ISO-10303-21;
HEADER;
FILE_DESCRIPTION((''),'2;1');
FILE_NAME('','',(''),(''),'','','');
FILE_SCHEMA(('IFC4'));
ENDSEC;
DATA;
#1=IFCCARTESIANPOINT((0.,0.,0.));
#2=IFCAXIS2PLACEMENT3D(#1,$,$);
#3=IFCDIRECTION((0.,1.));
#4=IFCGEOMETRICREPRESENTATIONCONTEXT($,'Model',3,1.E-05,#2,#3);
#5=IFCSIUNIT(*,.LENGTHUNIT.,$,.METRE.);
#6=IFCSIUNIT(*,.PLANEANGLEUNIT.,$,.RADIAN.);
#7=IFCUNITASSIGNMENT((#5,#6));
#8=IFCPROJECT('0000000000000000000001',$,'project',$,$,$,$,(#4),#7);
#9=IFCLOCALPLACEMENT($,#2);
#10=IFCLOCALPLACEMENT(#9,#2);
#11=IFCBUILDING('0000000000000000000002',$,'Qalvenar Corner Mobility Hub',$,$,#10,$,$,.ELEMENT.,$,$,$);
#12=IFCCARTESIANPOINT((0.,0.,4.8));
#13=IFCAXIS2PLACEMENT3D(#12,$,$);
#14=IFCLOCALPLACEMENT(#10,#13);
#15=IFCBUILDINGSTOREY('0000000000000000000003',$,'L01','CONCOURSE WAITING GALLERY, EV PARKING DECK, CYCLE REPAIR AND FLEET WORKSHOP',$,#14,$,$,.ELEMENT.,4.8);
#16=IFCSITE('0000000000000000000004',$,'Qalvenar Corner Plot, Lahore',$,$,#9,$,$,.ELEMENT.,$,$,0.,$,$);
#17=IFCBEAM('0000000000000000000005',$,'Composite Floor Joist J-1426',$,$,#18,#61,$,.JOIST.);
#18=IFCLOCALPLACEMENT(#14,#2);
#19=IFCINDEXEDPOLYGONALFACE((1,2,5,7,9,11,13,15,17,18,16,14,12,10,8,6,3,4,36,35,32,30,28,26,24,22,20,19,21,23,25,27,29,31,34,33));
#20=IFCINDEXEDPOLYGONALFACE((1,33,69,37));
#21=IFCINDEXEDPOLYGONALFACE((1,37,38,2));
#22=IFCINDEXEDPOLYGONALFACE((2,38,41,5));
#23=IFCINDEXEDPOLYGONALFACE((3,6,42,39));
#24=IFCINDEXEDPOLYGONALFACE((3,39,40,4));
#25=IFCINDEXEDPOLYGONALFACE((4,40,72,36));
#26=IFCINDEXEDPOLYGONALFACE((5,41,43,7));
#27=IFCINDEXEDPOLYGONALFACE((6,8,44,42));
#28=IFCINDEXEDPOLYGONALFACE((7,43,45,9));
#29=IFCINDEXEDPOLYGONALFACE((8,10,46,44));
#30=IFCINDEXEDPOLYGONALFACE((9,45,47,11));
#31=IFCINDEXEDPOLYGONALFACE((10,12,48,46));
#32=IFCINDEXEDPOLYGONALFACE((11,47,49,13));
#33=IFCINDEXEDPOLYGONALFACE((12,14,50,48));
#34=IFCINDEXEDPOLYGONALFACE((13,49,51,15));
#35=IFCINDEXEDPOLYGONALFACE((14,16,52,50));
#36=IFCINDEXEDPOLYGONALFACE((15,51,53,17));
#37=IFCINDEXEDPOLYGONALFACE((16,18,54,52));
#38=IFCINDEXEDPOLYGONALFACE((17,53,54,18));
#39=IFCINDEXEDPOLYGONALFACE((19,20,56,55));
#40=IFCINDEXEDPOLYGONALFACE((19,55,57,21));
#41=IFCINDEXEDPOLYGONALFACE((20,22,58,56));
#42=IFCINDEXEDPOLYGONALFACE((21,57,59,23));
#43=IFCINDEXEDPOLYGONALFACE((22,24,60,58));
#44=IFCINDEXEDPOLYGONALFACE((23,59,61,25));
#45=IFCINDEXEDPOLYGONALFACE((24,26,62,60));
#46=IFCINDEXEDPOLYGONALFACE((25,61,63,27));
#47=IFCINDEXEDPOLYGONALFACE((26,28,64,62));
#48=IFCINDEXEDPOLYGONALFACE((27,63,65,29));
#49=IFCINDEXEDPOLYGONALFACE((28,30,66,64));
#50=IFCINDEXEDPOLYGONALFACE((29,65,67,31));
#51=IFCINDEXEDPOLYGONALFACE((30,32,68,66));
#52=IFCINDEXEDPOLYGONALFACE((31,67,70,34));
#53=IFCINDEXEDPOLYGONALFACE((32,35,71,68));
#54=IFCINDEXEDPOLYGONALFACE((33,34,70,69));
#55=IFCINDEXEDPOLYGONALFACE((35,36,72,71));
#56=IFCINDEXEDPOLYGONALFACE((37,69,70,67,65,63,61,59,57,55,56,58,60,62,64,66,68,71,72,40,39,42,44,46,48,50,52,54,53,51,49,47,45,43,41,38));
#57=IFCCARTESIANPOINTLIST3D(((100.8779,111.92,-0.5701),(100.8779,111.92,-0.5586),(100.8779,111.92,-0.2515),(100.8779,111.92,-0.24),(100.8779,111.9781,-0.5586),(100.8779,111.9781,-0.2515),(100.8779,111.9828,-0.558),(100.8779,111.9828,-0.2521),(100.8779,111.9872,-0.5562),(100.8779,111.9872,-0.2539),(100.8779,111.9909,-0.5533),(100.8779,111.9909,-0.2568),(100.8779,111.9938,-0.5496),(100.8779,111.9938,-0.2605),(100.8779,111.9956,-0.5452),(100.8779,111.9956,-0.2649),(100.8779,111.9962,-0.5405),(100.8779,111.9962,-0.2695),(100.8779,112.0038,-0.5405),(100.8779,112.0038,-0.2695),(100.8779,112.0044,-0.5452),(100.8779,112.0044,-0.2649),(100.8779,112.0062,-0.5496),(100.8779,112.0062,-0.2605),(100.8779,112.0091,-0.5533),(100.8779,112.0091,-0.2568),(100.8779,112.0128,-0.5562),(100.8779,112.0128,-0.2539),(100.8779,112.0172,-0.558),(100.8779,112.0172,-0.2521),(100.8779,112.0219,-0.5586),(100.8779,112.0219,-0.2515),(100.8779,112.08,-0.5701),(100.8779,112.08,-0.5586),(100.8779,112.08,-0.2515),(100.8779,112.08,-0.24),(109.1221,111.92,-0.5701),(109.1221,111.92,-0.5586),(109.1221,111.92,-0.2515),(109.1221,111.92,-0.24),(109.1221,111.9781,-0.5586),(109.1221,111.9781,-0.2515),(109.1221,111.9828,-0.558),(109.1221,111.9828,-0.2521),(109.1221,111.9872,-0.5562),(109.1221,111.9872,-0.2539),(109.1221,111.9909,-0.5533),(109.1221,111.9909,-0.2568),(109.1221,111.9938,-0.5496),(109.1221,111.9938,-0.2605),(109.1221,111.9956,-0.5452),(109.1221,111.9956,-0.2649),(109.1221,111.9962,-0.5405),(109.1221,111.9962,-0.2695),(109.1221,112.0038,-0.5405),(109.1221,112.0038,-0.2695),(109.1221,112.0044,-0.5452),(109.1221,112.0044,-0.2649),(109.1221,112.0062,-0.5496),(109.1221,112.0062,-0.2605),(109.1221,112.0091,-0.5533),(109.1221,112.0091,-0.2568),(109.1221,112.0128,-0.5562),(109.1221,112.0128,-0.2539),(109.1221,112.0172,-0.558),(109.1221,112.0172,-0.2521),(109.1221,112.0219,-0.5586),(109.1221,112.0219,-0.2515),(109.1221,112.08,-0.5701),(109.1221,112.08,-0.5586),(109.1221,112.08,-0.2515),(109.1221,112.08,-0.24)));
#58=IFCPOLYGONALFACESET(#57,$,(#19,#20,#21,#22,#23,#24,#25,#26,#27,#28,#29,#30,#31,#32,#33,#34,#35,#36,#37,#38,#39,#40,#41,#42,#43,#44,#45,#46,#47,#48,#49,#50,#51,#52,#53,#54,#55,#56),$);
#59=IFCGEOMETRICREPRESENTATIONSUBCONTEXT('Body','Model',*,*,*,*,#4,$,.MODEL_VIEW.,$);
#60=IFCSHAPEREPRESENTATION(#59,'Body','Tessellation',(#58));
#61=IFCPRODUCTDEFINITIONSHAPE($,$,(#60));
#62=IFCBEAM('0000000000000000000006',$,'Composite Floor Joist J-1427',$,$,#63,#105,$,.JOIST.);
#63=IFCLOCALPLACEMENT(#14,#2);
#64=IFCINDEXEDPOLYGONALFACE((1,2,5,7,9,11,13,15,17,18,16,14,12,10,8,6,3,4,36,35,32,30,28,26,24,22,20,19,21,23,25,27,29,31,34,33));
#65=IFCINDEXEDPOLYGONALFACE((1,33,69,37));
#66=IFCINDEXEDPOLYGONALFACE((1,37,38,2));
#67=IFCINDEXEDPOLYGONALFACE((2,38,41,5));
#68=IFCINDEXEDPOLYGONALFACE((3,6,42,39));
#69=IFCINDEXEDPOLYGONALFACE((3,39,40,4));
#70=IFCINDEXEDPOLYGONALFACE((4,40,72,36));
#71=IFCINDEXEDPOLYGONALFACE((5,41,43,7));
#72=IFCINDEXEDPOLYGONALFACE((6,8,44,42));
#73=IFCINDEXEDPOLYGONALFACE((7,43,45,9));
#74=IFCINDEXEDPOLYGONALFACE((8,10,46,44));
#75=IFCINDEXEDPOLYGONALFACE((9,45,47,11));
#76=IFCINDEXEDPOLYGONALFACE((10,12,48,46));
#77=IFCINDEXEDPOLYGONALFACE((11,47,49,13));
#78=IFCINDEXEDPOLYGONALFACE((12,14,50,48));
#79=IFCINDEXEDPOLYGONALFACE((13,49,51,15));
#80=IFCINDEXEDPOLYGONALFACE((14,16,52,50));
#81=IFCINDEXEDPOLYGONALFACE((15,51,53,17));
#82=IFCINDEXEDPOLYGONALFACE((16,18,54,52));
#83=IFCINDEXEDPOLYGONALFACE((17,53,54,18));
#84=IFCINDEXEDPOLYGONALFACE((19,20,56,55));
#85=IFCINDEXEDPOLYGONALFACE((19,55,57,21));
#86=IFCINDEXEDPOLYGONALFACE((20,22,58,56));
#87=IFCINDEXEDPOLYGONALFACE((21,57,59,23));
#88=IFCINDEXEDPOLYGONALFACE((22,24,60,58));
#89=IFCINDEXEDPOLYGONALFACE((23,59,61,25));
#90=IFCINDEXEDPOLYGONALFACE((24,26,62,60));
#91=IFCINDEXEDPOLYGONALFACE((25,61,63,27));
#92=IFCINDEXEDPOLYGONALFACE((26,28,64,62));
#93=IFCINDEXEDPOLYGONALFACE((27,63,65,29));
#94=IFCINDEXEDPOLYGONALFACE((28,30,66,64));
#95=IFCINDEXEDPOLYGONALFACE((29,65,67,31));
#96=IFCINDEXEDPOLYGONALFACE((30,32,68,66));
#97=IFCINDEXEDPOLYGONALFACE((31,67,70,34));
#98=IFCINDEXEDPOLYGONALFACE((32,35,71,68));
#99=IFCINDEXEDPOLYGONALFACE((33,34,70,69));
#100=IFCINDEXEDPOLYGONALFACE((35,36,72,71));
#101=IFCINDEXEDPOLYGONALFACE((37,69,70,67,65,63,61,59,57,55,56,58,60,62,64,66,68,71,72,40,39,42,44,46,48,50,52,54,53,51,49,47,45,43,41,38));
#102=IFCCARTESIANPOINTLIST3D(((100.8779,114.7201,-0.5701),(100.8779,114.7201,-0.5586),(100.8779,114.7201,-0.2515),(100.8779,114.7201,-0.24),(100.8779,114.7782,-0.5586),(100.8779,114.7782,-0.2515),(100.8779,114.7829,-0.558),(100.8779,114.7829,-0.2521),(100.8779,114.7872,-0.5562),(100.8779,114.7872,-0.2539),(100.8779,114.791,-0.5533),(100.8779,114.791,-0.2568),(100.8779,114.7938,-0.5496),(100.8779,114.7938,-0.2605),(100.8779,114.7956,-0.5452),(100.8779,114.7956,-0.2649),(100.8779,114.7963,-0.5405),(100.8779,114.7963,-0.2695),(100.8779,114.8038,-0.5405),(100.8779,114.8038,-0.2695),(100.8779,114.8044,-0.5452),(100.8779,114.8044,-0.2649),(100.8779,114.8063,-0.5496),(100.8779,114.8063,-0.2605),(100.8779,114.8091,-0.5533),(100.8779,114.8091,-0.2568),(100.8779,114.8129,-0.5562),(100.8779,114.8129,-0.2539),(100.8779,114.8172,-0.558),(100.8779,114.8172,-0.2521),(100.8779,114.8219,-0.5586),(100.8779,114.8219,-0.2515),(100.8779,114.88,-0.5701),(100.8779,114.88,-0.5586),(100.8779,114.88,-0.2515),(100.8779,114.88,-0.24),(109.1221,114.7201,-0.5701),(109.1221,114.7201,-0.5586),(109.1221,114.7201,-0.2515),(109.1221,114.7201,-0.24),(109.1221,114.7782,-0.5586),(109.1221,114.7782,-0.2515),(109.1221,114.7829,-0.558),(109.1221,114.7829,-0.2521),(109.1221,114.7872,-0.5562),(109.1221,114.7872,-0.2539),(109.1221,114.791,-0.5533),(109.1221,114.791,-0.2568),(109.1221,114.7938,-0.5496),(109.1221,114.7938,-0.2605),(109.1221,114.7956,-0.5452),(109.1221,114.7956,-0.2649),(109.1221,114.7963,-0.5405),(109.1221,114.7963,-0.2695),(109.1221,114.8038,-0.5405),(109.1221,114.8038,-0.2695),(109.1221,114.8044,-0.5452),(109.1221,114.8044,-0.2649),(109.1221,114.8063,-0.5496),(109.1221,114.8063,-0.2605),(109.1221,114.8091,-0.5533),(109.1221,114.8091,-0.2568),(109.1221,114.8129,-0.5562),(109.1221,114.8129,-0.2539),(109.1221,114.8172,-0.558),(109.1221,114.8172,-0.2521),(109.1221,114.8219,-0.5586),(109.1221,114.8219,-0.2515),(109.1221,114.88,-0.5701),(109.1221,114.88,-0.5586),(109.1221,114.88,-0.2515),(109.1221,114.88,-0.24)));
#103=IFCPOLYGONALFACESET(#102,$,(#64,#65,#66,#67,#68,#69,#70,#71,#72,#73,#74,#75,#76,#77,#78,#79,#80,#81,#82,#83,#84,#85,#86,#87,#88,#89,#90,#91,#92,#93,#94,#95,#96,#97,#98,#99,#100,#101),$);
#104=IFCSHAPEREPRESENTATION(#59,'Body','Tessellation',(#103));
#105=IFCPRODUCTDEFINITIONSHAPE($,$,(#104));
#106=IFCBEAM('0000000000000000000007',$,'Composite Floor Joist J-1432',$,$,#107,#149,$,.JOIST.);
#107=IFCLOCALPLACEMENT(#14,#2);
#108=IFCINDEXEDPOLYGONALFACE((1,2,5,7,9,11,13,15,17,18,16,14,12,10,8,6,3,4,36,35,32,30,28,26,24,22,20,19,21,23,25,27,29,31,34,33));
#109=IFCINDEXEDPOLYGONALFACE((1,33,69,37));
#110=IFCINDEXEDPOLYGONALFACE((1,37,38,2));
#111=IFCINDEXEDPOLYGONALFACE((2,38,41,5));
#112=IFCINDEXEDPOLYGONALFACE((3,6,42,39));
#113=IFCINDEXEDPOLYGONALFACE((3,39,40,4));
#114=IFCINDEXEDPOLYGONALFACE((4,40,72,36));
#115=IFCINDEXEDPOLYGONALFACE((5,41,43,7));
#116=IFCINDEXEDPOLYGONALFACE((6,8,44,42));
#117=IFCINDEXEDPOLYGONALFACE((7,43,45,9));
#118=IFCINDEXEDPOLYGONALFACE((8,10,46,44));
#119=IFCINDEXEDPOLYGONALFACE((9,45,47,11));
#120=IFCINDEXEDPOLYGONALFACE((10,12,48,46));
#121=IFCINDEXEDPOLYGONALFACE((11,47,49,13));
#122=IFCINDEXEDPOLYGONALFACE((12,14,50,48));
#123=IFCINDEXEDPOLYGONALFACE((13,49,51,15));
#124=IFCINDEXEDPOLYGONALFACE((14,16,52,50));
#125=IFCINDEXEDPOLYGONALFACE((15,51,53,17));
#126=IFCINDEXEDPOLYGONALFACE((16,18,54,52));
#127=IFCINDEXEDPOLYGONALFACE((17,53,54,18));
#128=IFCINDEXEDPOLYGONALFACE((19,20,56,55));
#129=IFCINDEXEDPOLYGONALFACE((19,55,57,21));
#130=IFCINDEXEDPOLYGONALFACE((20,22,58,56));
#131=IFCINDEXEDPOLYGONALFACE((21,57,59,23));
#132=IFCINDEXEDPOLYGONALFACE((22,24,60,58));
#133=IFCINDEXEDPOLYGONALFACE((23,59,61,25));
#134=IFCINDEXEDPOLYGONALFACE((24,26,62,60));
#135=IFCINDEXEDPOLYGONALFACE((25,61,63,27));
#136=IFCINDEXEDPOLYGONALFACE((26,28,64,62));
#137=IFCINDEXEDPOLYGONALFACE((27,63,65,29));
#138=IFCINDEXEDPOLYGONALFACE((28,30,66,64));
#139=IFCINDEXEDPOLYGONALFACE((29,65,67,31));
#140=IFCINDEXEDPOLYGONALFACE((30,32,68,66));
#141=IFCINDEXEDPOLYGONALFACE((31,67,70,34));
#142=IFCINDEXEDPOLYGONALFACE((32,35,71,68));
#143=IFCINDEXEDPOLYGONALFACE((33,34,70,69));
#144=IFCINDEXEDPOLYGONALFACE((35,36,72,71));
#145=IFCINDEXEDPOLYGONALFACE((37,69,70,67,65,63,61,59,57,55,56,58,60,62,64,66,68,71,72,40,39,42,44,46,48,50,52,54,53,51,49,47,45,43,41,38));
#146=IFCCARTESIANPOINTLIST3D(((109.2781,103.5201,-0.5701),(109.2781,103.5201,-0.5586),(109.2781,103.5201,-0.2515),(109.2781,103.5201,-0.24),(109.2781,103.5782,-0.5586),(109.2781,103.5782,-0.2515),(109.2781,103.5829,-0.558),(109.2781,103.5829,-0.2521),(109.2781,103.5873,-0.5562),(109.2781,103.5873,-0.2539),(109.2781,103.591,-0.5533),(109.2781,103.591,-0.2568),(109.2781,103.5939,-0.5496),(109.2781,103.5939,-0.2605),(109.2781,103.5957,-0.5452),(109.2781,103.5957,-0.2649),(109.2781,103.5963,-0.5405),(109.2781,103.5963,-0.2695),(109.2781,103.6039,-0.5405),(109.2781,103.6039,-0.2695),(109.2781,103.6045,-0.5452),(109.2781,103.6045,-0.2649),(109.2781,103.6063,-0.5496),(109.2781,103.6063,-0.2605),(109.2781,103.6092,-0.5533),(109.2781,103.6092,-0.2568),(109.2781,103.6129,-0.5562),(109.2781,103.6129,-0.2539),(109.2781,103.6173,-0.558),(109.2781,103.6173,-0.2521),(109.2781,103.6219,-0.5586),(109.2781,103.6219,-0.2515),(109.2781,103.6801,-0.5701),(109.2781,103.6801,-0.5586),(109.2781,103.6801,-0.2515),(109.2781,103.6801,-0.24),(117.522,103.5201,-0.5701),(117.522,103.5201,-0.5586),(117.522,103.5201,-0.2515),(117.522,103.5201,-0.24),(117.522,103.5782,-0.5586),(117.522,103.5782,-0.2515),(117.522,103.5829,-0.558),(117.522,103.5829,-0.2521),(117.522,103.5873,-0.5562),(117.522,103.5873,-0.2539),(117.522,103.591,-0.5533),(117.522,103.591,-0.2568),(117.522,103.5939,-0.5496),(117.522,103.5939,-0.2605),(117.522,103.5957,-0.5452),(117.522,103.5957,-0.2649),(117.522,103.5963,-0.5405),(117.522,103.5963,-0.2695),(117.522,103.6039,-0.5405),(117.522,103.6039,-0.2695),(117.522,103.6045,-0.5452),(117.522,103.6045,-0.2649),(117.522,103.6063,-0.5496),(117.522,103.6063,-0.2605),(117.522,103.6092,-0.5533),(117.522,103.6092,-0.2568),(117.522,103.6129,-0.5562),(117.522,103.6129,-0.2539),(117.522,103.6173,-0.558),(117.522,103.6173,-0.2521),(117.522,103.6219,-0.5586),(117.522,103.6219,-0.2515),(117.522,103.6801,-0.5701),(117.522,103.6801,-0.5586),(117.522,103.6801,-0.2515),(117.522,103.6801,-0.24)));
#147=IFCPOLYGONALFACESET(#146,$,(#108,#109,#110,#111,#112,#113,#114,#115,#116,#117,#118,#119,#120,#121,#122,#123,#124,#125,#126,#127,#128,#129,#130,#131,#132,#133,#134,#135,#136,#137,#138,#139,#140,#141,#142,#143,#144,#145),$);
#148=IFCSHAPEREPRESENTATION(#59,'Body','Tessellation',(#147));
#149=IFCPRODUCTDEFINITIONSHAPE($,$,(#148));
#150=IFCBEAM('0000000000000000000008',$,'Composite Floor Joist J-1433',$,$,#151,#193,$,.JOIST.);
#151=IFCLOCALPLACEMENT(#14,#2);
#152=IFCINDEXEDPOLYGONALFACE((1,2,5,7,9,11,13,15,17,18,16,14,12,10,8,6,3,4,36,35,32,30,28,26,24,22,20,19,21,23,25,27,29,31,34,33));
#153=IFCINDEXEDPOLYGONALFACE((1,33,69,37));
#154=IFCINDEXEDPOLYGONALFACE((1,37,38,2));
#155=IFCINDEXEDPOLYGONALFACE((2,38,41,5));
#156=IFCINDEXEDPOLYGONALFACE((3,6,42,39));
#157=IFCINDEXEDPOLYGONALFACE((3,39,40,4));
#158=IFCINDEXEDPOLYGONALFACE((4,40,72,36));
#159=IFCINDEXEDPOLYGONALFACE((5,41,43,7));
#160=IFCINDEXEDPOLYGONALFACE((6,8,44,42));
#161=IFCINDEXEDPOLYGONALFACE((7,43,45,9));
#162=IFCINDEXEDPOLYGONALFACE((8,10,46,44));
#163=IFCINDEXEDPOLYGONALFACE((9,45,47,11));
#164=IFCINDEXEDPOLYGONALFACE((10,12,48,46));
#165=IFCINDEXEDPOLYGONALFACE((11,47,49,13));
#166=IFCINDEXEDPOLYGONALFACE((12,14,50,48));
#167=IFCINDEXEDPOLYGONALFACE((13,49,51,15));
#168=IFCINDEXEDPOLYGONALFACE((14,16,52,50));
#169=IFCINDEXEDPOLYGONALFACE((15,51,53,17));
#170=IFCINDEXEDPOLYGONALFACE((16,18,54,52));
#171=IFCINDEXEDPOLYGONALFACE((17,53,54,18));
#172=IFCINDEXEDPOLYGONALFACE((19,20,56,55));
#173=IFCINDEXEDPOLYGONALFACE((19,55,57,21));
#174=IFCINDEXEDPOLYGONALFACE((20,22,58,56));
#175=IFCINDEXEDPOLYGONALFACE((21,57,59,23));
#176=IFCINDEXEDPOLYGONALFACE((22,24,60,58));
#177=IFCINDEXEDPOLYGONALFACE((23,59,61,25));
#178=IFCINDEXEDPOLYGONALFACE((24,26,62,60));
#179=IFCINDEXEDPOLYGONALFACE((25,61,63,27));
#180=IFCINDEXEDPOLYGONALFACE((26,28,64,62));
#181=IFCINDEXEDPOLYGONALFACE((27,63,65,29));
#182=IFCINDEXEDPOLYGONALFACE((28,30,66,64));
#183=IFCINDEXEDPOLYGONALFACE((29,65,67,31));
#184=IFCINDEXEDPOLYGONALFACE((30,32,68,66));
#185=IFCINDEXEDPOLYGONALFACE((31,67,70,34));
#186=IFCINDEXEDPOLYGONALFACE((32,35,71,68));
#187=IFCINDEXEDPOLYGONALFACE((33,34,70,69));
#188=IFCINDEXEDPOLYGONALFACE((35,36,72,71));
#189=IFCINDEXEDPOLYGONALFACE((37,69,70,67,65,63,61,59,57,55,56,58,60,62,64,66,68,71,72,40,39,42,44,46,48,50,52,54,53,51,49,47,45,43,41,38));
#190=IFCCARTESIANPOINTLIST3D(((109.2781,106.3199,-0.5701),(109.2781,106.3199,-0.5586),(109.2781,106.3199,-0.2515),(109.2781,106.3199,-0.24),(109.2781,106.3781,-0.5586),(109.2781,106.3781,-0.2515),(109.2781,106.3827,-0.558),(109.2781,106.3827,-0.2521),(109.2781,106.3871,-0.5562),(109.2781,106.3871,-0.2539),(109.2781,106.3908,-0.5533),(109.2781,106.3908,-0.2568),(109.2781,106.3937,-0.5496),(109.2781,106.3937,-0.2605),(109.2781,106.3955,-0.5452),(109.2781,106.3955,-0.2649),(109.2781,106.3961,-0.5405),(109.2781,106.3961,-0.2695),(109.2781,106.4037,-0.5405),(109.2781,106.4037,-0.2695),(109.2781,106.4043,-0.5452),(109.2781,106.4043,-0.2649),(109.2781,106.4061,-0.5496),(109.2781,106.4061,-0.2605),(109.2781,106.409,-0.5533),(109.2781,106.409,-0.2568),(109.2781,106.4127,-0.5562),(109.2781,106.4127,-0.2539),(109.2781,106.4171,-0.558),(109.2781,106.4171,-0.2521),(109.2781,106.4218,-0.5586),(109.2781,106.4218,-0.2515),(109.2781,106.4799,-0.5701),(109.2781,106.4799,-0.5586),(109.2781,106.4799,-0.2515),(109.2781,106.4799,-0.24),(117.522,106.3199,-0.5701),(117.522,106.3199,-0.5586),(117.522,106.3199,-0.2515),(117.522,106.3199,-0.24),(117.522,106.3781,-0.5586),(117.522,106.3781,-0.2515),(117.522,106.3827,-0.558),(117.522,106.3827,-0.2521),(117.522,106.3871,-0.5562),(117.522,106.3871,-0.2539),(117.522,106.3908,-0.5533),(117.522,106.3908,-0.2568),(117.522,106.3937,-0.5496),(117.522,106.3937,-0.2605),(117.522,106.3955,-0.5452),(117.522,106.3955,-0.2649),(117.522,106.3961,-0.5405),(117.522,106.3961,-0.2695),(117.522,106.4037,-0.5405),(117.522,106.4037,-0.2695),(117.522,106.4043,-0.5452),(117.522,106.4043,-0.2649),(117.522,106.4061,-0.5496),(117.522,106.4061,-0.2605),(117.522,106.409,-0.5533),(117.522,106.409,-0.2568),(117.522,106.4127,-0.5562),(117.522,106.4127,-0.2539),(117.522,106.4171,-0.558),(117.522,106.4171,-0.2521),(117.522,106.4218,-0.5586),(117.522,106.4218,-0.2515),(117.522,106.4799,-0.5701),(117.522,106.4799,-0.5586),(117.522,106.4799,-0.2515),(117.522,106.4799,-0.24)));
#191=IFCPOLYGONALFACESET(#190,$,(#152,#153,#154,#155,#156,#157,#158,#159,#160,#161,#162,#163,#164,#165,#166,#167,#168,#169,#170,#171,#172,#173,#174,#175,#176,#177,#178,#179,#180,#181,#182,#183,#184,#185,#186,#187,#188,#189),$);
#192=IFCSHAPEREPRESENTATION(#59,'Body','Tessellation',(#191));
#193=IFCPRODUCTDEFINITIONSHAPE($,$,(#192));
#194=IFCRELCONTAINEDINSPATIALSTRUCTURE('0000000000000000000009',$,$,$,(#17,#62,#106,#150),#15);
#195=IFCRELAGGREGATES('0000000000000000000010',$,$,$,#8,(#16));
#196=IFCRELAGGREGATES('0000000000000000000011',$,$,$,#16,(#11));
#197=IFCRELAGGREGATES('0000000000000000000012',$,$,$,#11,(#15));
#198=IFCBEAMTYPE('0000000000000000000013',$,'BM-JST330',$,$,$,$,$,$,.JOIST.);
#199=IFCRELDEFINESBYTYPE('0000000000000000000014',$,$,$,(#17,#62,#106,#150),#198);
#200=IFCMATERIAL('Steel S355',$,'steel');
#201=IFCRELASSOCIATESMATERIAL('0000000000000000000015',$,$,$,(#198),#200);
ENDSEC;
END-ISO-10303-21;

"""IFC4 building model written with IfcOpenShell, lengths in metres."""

from ifc_helpers import new_model, si_unit, direction, frame, origin, origin_2d, place, context, subcontext, project, spatial, i_section, extrude, material, material_profile, profile_set, type_object, element, save


model = new_model("IFC4")

# Units and contexts
model_context = context("Model", 3, precision=1e-05, world=origin(), true_north=direction((0.0, 1.0)))
body_context = subcontext(model_context, "Body", "Model", "MODEL_VIEW")
ifc_project = project(units=[si_unit("LENGTHUNIT", "METRE"), si_unit("PLANEANGLEUNIT", "RADIAN")], contexts=[model_context])

# Site, building, storey
site_placement = place(None, origin())
site = spatial("IfcSite", under=ifc_project, at=site_placement, Name="Qalvenar Corner Plot, Lahore", CompositionType="ELEMENT", RefElevation=0.0)
building_placement = place(site_placement, origin())
building = spatial("IfcBuilding", under=site, at=building_placement, Name="Qalvenar Corner Mobility Hub", CompositionType="ELEMENT")
storey_placement = place(building_placement, frame((0.0, 0.0, 4.8)))
storey = spatial("IfcBuildingStorey", under=building, at=storey_placement, Name="L01", Description="CONCOURSE WAITING GALLERY, EV PARKING DECK, CYCLE REPAIR AND FLEET WORKSHOP", CompositionType="ELEMENT", Elevation=4.8)

# Shared definitions
ifc_material = material(Name="Steel S355", Category="steel")

# Beams
ifc_material_profile_1 = material_profile(ifc_material, i_section(OverallWidth=0.1599, OverallDepth=0.3301, WebThickness=0.0076, FlangeThickness=0.0115, FilletRadius=0.0181, at=origin_2d()), Name="IPE330")
ifc_profile_set_1 = profile_set([ifc_material_profile_1], Name="Steel S355")
beam_type_1 = type_object("IfcBeamType", Name="BM-JST330", PredefinedType="JOIST", material=ifc_profile_set_1)
for number, where, z_axis, x_axis, name in (
    (1, (100.8779, 112.0, -0.405), (1.0, 0.0, 0.0), (0.0, 1.0, 0.0), "Composite Floor Joist J-1426"),
    (2, (100.8779, 114.8, -0.405), (1.0, 0.0, 0.0), (0.0, 1.0, 0.0), "Composite Floor Joist J-1427"),
):
    element("IfcBeam", number, at=place(storey_placement, frame(where, z_axis=z_axis, x_axis=x_axis)), inside=storey, type_object=beam_type_1, Name=name, PredefinedType="JOIST", context=body_context, shape_type="SweptSolid", body=[
        extrude(i_section(OverallWidth=0.1599, OverallDepth=0.3301, WebThickness=0.0076, FlangeThickness=0.0115, FilletRadius=0.0181, at=origin_2d()), origin(), (0.0, 0.0, 1.0), 8.2441),
    ])
for number, where, z_axis, x_axis, name in (
    (3, (109.2781, 103.6001, -0.405), (1.0, 0.0, 0.0), (0.0, 1.0, 0.0), "Composite Floor Joist J-1432"),
    (4, (109.2781, 106.3999, -0.405), (1.0, 0.0, 0.0), (0.0, 1.0, 0.0), "Composite Floor Joist J-1433"),
):
    element("IfcBeam", number, at=place(storey_placement, frame(where, z_axis=z_axis, x_axis=x_axis)), inside=storey, type_object=beam_type_1, Name=name, PredefinedType="JOIST", context=body_context, shape_type="SweptSolid", body=[
        extrude(i_section(OverallWidth=0.1599, OverallDepth=0.3301, WebThickness=0.0076, FlangeThickness=0.0115, FilletRadius=0.0181, at=origin_2d()), origin(), (0.0, 0.0, 1.0), 8.2439),
    ])

save(model, "model.ifc")
